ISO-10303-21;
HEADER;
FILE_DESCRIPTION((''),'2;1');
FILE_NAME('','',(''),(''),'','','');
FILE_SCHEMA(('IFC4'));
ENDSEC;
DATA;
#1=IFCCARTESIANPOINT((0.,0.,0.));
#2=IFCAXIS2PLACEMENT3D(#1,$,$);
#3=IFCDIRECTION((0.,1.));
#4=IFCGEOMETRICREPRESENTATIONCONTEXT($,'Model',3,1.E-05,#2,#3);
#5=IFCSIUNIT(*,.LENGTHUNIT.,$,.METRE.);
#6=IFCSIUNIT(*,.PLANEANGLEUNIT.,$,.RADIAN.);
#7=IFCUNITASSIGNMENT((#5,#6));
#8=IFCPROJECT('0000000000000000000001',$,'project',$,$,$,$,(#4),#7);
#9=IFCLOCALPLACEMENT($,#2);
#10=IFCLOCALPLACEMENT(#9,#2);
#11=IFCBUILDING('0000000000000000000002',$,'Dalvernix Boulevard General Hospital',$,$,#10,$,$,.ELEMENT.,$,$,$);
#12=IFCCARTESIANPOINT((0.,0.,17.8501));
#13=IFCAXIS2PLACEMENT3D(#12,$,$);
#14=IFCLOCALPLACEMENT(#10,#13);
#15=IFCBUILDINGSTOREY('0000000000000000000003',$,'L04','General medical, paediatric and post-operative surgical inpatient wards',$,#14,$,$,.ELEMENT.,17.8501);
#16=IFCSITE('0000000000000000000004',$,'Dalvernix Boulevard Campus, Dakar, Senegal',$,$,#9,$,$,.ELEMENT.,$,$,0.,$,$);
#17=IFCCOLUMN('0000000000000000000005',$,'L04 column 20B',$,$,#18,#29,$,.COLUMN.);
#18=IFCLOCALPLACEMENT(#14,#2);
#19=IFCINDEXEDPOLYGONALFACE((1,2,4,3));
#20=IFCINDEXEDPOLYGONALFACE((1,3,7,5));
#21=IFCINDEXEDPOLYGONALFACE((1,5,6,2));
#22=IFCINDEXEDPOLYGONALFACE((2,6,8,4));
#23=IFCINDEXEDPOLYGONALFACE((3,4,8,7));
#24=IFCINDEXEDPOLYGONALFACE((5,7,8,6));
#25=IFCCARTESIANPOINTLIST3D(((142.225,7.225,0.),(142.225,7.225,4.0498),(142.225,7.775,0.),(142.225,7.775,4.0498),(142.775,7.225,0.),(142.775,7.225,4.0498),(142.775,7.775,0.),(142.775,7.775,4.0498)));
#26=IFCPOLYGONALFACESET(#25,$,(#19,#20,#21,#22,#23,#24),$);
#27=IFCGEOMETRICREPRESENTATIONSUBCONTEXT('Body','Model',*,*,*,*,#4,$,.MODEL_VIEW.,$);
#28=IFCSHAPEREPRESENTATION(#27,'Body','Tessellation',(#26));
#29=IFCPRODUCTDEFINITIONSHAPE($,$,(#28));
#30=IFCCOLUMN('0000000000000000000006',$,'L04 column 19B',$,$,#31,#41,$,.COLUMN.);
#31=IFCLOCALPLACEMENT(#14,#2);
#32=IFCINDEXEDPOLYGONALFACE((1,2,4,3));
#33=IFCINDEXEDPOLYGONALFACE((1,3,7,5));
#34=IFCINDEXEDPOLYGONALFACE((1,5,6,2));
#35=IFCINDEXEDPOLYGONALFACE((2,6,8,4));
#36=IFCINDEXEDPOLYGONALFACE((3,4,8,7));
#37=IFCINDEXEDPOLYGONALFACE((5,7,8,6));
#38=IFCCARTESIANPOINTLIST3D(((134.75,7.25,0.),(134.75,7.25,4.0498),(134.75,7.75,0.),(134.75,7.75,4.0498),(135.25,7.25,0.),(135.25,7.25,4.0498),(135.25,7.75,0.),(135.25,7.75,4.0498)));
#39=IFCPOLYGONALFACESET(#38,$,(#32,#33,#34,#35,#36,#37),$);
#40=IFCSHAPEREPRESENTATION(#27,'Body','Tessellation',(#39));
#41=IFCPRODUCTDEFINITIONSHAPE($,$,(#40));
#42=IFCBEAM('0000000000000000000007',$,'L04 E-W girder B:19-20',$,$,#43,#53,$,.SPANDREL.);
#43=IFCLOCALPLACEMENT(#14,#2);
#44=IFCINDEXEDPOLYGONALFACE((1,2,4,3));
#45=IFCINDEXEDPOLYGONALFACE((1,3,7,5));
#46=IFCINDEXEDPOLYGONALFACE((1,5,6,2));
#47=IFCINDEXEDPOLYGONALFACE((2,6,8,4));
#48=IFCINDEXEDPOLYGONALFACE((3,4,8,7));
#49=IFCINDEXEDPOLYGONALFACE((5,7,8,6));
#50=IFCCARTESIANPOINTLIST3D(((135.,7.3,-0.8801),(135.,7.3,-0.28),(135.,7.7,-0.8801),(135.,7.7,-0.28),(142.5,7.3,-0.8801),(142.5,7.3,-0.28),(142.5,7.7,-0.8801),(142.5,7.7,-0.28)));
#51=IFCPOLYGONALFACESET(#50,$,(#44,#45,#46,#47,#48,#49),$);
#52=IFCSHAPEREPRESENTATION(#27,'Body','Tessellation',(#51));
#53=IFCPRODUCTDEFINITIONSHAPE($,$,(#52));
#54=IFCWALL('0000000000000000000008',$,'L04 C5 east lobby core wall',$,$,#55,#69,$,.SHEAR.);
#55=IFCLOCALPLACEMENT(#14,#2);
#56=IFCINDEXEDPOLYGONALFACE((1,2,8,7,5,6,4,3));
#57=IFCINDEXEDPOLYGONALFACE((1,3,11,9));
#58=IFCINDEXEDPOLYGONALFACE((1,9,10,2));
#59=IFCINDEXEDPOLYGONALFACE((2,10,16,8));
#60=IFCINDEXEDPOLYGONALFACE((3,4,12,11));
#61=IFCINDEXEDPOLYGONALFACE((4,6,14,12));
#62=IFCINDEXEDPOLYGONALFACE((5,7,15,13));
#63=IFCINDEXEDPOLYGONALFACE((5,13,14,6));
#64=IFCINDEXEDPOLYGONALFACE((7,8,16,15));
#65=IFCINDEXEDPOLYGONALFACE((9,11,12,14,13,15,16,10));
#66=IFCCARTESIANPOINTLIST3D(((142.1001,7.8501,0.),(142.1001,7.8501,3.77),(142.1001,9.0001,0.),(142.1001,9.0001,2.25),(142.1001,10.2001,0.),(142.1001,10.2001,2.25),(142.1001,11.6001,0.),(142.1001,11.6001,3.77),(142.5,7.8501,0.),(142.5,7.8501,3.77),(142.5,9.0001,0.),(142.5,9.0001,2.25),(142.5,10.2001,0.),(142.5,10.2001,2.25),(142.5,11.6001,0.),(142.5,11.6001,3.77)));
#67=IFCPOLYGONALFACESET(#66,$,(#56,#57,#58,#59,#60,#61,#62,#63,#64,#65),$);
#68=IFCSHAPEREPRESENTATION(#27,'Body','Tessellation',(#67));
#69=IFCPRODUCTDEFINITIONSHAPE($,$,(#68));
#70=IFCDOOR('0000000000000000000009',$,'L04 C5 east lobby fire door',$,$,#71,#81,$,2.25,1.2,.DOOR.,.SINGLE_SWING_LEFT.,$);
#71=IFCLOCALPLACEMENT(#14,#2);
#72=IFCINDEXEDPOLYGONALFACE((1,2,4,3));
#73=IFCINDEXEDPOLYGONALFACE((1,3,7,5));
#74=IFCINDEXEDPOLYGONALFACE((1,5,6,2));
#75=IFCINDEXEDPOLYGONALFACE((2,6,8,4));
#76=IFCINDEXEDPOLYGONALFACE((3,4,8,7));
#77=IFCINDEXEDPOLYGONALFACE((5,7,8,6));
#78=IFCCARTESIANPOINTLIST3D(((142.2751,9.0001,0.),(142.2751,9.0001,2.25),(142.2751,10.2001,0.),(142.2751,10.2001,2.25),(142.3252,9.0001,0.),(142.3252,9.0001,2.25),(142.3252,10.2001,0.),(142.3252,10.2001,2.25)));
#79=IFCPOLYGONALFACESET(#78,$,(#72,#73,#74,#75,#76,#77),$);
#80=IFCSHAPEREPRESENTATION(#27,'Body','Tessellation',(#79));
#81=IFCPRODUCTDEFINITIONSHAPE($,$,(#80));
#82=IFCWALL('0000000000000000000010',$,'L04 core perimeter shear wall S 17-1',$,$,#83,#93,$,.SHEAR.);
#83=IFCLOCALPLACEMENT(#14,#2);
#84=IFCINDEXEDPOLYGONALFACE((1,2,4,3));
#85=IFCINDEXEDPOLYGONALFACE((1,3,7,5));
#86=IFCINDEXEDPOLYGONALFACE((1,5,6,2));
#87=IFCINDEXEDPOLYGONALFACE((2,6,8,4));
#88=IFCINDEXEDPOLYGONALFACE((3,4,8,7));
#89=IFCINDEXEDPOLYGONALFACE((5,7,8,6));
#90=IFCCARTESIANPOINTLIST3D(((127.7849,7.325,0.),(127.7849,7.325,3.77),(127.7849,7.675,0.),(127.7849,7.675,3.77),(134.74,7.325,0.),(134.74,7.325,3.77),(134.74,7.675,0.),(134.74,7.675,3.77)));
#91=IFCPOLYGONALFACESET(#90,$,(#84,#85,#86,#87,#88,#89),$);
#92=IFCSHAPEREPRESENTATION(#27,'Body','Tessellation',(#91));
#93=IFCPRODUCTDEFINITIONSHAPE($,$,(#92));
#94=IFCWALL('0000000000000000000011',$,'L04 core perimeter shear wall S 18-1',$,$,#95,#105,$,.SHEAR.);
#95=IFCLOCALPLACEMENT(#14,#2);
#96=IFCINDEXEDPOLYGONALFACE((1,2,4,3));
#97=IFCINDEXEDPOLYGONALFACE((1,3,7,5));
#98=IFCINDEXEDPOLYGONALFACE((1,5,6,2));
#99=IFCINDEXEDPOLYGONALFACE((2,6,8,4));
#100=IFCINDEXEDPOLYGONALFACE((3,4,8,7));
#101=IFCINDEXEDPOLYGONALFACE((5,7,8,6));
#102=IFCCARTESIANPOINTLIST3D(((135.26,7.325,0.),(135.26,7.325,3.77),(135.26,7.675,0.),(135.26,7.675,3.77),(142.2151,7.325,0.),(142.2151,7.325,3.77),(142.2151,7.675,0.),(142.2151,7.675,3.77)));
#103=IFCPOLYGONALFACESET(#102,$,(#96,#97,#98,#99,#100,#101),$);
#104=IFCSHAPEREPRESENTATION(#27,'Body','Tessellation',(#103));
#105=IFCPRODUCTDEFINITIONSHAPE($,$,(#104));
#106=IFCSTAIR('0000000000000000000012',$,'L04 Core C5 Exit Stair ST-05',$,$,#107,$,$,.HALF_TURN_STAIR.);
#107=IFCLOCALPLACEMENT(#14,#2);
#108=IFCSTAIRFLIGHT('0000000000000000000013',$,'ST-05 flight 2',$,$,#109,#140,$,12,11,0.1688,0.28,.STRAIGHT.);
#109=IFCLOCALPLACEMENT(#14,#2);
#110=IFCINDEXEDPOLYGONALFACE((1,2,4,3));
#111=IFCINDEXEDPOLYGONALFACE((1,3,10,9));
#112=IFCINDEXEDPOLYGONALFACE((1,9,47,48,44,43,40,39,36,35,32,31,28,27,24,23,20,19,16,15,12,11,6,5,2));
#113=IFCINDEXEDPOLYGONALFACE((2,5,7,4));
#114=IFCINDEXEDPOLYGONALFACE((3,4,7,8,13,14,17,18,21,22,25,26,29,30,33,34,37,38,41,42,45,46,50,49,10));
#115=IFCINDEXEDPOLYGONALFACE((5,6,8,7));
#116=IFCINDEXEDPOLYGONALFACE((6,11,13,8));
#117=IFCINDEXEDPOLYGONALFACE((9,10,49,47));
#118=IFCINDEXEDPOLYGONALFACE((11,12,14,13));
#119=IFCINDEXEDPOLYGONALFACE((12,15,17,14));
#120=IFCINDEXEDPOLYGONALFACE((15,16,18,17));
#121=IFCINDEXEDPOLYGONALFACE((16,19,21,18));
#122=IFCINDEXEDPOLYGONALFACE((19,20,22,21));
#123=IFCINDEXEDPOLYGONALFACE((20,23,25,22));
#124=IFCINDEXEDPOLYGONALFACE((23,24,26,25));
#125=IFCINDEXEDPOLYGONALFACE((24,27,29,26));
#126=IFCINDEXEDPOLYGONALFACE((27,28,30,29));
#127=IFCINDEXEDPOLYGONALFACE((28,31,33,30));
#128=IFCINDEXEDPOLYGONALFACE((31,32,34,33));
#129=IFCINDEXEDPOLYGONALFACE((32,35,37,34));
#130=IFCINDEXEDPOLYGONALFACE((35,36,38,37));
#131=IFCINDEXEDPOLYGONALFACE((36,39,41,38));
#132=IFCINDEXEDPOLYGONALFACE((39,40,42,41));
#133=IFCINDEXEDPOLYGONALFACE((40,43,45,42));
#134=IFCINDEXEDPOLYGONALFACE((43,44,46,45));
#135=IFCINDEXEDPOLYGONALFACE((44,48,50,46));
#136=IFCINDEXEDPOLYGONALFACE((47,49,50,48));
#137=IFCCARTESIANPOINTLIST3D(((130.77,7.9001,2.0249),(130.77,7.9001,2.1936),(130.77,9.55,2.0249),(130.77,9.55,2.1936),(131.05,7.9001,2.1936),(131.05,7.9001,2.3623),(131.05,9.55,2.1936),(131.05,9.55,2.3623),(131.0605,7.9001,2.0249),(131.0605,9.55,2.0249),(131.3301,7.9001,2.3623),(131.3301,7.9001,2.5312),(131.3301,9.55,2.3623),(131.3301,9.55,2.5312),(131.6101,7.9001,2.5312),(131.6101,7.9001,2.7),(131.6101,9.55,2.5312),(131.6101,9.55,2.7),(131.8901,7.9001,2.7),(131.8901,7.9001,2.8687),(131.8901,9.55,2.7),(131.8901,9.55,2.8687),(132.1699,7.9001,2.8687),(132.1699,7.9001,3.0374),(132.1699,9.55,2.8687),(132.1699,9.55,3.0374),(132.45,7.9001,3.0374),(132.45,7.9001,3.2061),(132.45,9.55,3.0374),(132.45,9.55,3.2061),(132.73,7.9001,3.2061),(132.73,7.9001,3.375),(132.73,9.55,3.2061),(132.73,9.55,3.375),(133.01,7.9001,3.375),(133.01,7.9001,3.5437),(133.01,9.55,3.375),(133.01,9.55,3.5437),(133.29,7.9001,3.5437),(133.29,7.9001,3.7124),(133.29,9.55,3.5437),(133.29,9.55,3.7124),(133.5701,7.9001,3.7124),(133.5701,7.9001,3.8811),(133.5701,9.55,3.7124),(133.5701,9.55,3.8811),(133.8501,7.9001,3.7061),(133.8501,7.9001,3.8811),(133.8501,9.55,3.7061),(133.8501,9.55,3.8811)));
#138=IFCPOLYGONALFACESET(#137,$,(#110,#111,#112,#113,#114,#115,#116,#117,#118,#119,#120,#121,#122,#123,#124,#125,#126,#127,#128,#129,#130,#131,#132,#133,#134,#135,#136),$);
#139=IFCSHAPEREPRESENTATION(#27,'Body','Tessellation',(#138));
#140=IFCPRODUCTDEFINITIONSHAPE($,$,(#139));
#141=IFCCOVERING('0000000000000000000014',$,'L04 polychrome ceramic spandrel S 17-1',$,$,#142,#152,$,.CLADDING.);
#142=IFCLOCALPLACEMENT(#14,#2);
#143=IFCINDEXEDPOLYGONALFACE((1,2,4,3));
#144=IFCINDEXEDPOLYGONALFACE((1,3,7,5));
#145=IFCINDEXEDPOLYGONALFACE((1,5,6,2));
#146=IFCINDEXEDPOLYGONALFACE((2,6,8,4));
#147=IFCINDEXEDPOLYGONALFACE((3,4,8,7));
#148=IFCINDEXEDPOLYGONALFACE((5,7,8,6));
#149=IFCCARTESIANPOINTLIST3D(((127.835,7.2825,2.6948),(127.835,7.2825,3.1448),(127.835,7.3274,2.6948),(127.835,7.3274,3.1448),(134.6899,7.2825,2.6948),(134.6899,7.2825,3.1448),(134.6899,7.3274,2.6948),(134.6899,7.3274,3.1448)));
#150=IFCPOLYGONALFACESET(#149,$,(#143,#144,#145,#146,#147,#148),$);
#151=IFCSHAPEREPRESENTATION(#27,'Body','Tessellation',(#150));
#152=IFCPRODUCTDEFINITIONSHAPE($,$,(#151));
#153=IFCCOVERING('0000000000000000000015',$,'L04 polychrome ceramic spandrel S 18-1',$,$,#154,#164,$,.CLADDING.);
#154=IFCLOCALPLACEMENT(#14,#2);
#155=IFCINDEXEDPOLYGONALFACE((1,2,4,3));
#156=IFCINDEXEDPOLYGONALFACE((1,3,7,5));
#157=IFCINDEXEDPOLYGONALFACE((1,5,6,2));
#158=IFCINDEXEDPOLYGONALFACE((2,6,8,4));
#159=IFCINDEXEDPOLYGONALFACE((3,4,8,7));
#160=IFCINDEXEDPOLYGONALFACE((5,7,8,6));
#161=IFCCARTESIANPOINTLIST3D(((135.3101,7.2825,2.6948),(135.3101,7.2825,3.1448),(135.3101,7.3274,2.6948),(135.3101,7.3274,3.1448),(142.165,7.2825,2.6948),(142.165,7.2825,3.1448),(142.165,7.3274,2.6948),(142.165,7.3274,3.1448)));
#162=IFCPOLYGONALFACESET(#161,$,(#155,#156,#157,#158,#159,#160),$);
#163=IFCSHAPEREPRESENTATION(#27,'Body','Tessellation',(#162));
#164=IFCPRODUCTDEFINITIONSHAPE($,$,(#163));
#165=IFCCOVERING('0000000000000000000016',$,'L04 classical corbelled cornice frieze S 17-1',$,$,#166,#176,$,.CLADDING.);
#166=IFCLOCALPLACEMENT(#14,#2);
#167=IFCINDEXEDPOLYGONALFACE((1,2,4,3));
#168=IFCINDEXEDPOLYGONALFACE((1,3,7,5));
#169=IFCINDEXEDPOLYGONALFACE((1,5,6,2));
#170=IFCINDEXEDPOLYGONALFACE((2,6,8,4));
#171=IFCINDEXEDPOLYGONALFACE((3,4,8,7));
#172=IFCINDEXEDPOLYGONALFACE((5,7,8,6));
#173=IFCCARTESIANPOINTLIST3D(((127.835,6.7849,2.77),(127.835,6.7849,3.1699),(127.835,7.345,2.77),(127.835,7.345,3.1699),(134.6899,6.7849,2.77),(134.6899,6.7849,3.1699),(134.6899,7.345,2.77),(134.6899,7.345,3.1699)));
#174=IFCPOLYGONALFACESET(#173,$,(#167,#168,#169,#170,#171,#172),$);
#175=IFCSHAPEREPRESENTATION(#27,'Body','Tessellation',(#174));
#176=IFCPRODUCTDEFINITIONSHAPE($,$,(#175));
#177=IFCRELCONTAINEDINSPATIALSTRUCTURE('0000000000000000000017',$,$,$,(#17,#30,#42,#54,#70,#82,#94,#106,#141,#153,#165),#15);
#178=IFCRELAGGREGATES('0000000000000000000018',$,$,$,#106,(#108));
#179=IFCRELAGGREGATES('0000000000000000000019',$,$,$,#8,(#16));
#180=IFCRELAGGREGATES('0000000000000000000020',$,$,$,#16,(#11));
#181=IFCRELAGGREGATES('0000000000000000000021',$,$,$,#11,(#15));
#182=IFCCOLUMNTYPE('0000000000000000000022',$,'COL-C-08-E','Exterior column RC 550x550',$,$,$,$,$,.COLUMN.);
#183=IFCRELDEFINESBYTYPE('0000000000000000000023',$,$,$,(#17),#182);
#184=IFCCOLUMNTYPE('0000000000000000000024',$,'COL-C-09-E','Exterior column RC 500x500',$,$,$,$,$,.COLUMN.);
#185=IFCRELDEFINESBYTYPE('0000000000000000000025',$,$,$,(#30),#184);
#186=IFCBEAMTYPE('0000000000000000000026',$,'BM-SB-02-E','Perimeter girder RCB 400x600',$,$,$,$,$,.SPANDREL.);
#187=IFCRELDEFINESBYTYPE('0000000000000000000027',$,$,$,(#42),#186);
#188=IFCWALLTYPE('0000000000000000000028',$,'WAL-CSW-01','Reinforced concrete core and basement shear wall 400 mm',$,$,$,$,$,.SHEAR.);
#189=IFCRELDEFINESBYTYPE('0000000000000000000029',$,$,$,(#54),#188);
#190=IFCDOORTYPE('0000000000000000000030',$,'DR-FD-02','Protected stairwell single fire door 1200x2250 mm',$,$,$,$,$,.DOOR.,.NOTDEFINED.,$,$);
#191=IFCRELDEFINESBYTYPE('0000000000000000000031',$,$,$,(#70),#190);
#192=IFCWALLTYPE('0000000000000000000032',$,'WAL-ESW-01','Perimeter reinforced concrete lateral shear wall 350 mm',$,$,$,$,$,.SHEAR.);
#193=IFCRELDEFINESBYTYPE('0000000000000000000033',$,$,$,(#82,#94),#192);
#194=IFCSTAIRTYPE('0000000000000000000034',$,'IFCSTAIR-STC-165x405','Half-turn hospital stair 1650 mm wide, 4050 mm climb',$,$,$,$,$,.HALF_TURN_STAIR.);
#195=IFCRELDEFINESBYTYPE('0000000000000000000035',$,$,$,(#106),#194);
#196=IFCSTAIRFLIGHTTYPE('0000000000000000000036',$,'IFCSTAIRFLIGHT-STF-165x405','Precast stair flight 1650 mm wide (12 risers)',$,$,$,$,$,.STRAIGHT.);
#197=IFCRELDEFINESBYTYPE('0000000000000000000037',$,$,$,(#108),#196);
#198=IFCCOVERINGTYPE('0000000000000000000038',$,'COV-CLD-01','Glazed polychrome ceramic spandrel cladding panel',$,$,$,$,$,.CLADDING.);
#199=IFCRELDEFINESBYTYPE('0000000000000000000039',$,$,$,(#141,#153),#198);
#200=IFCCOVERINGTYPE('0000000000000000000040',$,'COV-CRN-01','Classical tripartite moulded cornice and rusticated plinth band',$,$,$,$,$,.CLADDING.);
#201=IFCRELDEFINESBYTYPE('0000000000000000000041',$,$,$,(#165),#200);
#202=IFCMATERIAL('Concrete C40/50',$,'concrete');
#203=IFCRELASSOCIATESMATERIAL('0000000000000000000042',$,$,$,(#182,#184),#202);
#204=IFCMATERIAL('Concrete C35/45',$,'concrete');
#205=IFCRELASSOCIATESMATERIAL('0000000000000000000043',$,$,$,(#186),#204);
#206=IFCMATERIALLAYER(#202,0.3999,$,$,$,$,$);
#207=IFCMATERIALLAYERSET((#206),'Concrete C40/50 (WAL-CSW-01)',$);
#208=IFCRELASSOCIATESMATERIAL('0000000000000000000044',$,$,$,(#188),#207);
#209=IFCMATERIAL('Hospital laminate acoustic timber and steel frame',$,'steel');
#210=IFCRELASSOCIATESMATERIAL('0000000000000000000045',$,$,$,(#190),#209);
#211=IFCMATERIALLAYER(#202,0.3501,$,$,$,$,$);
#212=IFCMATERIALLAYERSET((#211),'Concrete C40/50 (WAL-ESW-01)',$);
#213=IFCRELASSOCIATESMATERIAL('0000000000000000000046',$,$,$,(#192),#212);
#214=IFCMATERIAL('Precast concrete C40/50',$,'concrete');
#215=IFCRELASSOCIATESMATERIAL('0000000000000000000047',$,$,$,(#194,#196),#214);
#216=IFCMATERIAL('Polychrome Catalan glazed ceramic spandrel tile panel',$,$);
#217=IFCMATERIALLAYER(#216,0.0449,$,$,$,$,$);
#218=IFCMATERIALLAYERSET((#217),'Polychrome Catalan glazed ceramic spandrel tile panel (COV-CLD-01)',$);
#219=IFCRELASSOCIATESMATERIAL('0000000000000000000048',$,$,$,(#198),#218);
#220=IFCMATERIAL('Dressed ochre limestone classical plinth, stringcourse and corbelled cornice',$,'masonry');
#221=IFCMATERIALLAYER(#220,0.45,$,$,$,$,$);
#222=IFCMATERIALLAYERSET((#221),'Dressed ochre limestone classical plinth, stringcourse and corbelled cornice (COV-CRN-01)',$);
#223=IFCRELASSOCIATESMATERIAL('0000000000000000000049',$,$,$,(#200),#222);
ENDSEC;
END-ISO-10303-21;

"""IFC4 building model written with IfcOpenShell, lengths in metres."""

from ifc_helpers import new_model, si_unit, direction, frame, frame_2d, origin, origin_2d, place, context, subcontext, project, spatial, polyline, rectangle, outline, extrude, material, layer, layer_set, material_profile, profile_set, type_object, element, fill, aggregate, save


model = new_model("IFC4")

# Units and contexts
model_context = context("Model", 3, precision=1e-05, world=origin(), true_north=direction((0.0, 1.0)))
body_context = subcontext(model_context, "Body", "Model", "MODEL_VIEW")
ifc_project = project(units=[si_unit("LENGTHUNIT", "METRE"), si_unit("PLANEANGLEUNIT", "RADIAN")], contexts=[model_context])

# Site, building, storey
site_placement = place(None, origin())
site = spatial("IfcSite", under=ifc_project, at=site_placement, Name="Dalvernix Boulevard Campus, Dakar, Senegal", CompositionType="ELEMENT", RefElevation=0.0)
building_placement = place(site_placement, origin())
building = spatial("IfcBuilding", under=site, at=building_placement, Name="Dalvernix Boulevard General Hospital", CompositionType="ELEMENT")
storey_placement = place(building_placement, frame((0.0, 0.0, 17.8501)))
storey = spatial("IfcBuildingStorey", under=building, at=storey_placement, Name="L04", Description="General medical, paediatric and post-operative surgical inpatient wards", CompositionType="ELEMENT", Elevation=17.8501)

# Columns
ifc_material_1 = material(Name="Concrete C40/50", Category="concrete")
ifc_material_profile_1 = material_profile(ifc_material_1, rectangle(XDim=0.55, YDim=0.55, at=origin_2d()), Name="RC 550x550")
ifc_profile_set_1 = profile_set([ifc_material_profile_1], Name="Concrete C40/50")
column_type_1 = type_object("IfcColumnType", Name="COL-C-08-E", Description="Exterior column RC 550x550", PredefinedType="COLUMN", material=ifc_profile_set_1)
column_1_placement = place(storey_placement, frame((142.5, 7.5, 0.0), z_axis=(0.0, 0.0, 1.0), x_axis=(1.0, 0.0, 0.0)))
element("IfcColumn", 1, at=column_1_placement, inside=storey, type_object=column_type_1, Name="L04 column 20B", PredefinedType="COLUMN", context=body_context, shape_type="SweptSolid", body=[
    extrude(rectangle(XDim=0.55, YDim=0.55, at=origin_2d()), origin(), (0.0, 0.0, 1.0), 4.0498),
])
ifc_material_profile_2 = material_profile(ifc_material_1, rectangle(XDim=0.5, YDim=0.5, at=origin_2d()), Name="RC 500x500")
ifc_profile_set_2 = profile_set([ifc_material_profile_2], Name="Concrete C40/50")
column_type_2 = type_object("IfcColumnType", Name="COL-C-09-E", Description="Exterior column RC 500x500", PredefinedType="COLUMN", material=ifc_profile_set_2)
column_2_placement = place(storey_placement, frame((135.0, 7.5, 0.0), z_axis=(0.0, 0.0, 1.0), x_axis=(1.0, 0.0, 0.0)))
element("IfcColumn", 2, at=column_2_placement, inside=storey, type_object=column_type_2, Name="L04 column 19B", PredefinedType="COLUMN", context=body_context, shape_type="SweptSolid", body=[
    extrude(rectangle(XDim=0.5, YDim=0.5, at=origin_2d()), origin(), (0.0, 0.0, 1.0), 4.0498),
])

# Beam
ifc_material_2 = material(Name="Concrete C35/45", Category="concrete")
ifc_material_profile_3 = material_profile(ifc_material_2, rectangle(XDim=0.3999, YDim=0.6001, at=origin_2d()), Name="RCB 400x600")
ifc_profile_set_3 = profile_set([ifc_material_profile_3], Name="Concrete C35/45")
beam_type = type_object("IfcBeamType", Name="BM-SB-02-E", Description="Perimeter girder RCB 400x600", PredefinedType="SPANDREL", material=ifc_profile_set_3)
beam_placement = place(storey_placement, frame((135.0, 7.5, -0.5801), z_axis=(1.0, 0.0, 0.0), x_axis=(0.0, 1.0, 0.0)))
element("IfcBeam", 3, at=beam_placement, inside=storey, type_object=beam_type, Name="L04 E-W girder B:19-20", PredefinedType="SPANDREL", context=body_context, shape_type="SweptSolid", body=[
    extrude(rectangle(XDim=0.3999, YDim=0.6001, at=origin_2d()), origin(), (0.0, 0.0, 1.0), 7.5),
])

# Wall, opening, door
ifc_layer_1 = layer(ifc_material_1, 0.3999)
ifc_layer_set_1 = layer_set([ifc_layer_1], Name="Concrete C40/50 (WAL-CSW-01)")
wall_type_1 = type_object("IfcWallType", Name="WAL-CSW-01", Description="Reinforced concrete core and basement shear wall 400 mm", PredefinedType="SHEAR", material=ifc_layer_set_1)
wall_placement = place(storey_placement, frame((142.3, 7.8501, 0.0), z_axis=(0.0, 0.0, 1.0), x_axis=(0.0, 1.0, 0.0)))
wall = element("IfcWall", 4, at=wall_placement, inside=storey, type_object=wall_type_1, Name="L04 C5 east lobby core wall", PredefinedType="SHEAR", context=body_context, shape_type="SweptSolid", body=[
    extrude(rectangle(XDim=3.75, YDim=0.3999, at=frame_2d((1.875, 0.0))), origin(), (0.0, 0.0, 1.0), 3.77),
])
opening_placement = place(wall_placement, frame((1.1499, 0.0, 0.0)))
opening = element("IfcOpeningElement", 5, at=opening_placement, cuts=wall, PredefinedType="OPENING", context=body_context, shape_type="SweptSolid", body=[
    extrude(rectangle(XDim=1.2, YDim=2.25, at=frame_2d((0.6001, 1.125))), frame((0.0, 0.21, 0.0), z_axis=(0.0, -1.0, 0.0), x_axis=(1.0, 0.0, 0.0)), (0.0, 0.0, 1.0), 0.4199),
])
ifc_material_3 = material(Name="Hospital laminate acoustic timber and steel frame", Category="steel")
door_type = type_object("IfcDoorType", Name="DR-FD-02", Description="Protected stairwell single fire door 1200x2250 mm", OperationType="NOTDEFINED", PredefinedType="DOOR", material=ifc_material_3)
door_placement = place(opening_placement, origin())
door = element("IfcDoor", 6, at=door_placement, inside=storey, type_object=door_type, Name="L04 C5 east lobby fire door", OperationType="SINGLE_SWING_LEFT", OverallHeight=2.25, OverallWidth=1.2, PredefinedType="DOOR", context=body_context, shape_type="SweptSolid", body=[
    extrude(rectangle(XDim=1.2, YDim=2.25, at=frame_2d((0.6001, 1.125))), frame((0.0, 0.0249, 0.0), z_axis=(0.0, -1.0, 0.0), x_axis=(1.0, 0.0, 0.0)), (0.0, 0.0, 1.0), 0.05),
])
fill(opening, door)

# Walls
ifc_layer_2 = layer(ifc_material_1, 0.3501)
ifc_layer_set_2 = layer_set([ifc_layer_2], Name="Concrete C40/50 (WAL-ESW-01)")
wall_type_2 = type_object("IfcWallType", Name="WAL-ESW-01", Description="Perimeter reinforced concrete lateral shear wall 350 mm", PredefinedType="SHEAR", material=ifc_layer_set_2)
for number, where, z_axis, x_axis, name in (
    (7, (134.74, 7.5, 0.0), (0.0, 0.0, 1.0), (-1.0, 0.0, 0.0), "L04 core perimeter shear wall S 17-1"),
    (8, (142.2151, 7.5, 0.0), (0.0, 0.0, 1.0), (-1.0, 0.0, 0.0), "L04 core perimeter shear wall S 18-1"),
):
    element("IfcWall", number, at=place(storey_placement, frame(where, z_axis=z_axis, x_axis=x_axis)), inside=storey, type_object=wall_type_2, Name=name, PredefinedType="SHEAR", context=body_context, shape_type="SweptSolid", body=[
        extrude(rectangle(XDim=6.9551, YDim=0.3501, at=frame_2d((3.4775, 0.0))), origin(), (0.0, 0.0, 1.0), 3.77),
    ])

# Stair, stair flight
ifc_material_4 = material(Name="Precast concrete C40/50", Category="concrete")
stair_type = type_object("IfcStairType", Name="IFCSTAIR-STC-165x405", Description="Half-turn hospital stair 1650 mm wide, 4050 mm climb", PredefinedType="HALF_TURN_STAIR", material=ifc_material_4)
stair_placement = place(storey_placement, origin())
stair = element("IfcStair", 9, at=stair_placement, inside=storey, type_object=stair_type, Name="L04 Core C5 Exit Stair ST-05", PredefinedType="HALF_TURN_STAIR")
stair_flight_type = type_object("IfcStairFlightType", Name="IFCSTAIRFLIGHT-STF-165x405", Description="Precast stair flight 1650 mm wide (12 risers)", PredefinedType="STRAIGHT", material=ifc_material_4)
stair_flight_placement = place(storey_placement, frame((130.77, 8.7251, 2.0249), z_axis=(0.0, 0.0, 1.0), x_axis=(1.0, 0.0, 0.0)))
stair_flight = element("IfcStairFlight", 10, at=stair_flight_placement, type_object=stair_flight_type, Name="ST-05 flight 2", NumberOfRisers=12, NumberOfTreads=11, PredefinedType="STRAIGHT", RiserHeight=0.1688, TreadLength=0.28, context=body_context, shape_type="SweptSolid", body=[
    extrude(outline(polyline([(0.0, 0.0), (0.0, 0.1687), (0.28, 0.1687), (0.28, 0.3374), (0.5601, 0.3374), (0.5601, 0.5063), (0.8401, 0.5063), (0.8401, 0.675), (1.1201, 0.675), (1.1201, 0.8438), (1.3999, 0.8438), (1.3999, 1.0125), (1.6799, 1.0125), (1.6799, 1.1812), (1.96, 1.1812), (1.96, 1.3501), (2.24, 1.3501), (2.24, 1.5188), (2.52, 1.5188), (2.52, 1.6875), (2.8, 1.6875), (2.8, 1.8562), (3.0801, 1.8562), (3.0801, 2.0249), (3.0801, 1.6812), (0.2905, 0.0), (0.0, 0.0)])), frame((0.0, 0.825, 0.0), z_axis=(0.0, -1.0, 0.0), x_axis=(1.0, 0.0, 0.0)), (0.0, 0.0, 1.0), 1.6499),
])
aggregate(stair, [stair_flight])

# Coverings
ifc_material_5 = material(Name="Polychrome Catalan glazed ceramic spandrel tile panel")
ifc_layer_3 = layer(ifc_material_5, 0.0449)
ifc_layer_set_3 = layer_set([ifc_layer_3], Name="Polychrome Catalan glazed ceramic spandrel tile panel (COV-CLD-01)")
covering_type_1 = type_object("IfcCoveringType", Name="COV-CLD-01", Description="Glazed polychrome ceramic spandrel cladding panel", PredefinedType="CLADDING", material=ifc_layer_set_3)
for number, where, z_axis, x_axis, name in (
    (11, (131.2625, 7.3049, 2.6948), (0.0, 0.0, 1.0), (-1.0, 0.0, 0.0), "L04 polychrome ceramic spandrel S 17-1"),
    (12, (138.7375, 7.3049, 2.6948), (0.0, 0.0, 1.0), (-1.0, 0.0, 0.0), "L04 polychrome ceramic spandrel S 18-1"),
):
    element("IfcCovering", number, at=place(storey_placement, frame(where, z_axis=z_axis, x_axis=x_axis)), inside=storey, type_object=covering_type_1, Name=name, PredefinedType="CLADDING", context=body_context, shape_type="SweptSolid", body=[
        extrude(rectangle(XDim=6.855, YDim=0.0449, at=origin_2d()), origin(), (0.0, 0.0, 1.0), 0.45),
    ])
ifc_material_6 = material(Name="Dressed ochre limestone classical plinth, stringcourse and corbelled cornice", Category="masonry")
ifc_layer_4 = layer(ifc_material_6, 0.45)
ifc_layer_set_4 = layer_set([ifc_layer_4], Name="Dressed ochre limestone classical plinth, stringcourse and corbelled cornice (COV-CRN-01)")
covering_type_2 = type_object("IfcCoveringType", Name="COV-CRN-01", Description="Classical tripartite moulded cornice and rusticated plinth band", PredefinedType="CLADDING", material=ifc_layer_set_4)
for number, where, z_axis, x_axis, name in (
    (13, (131.2625, 7.0649, 2.77), (0.0, 0.0, 1.0), (-1.0, 0.0, 0.0), "L04 classical corbelled cornice frieze S 17-1"),
):
    element("IfcCovering", number, at=place(storey_placement, frame(where, z_axis=z_axis, x_axis=x_axis)), inside=storey, type_object=covering_type_2, Name=name, PredefinedType="CLADDING", context=body_context, shape_type="SweptSolid", body=[
        extrude(rectangle(XDim=6.855, YDim=0.5601, at=origin_2d()), origin(), (0.0, 0.0, 1.0), 0.3999),
    ])

save(model, "model.ifc")
